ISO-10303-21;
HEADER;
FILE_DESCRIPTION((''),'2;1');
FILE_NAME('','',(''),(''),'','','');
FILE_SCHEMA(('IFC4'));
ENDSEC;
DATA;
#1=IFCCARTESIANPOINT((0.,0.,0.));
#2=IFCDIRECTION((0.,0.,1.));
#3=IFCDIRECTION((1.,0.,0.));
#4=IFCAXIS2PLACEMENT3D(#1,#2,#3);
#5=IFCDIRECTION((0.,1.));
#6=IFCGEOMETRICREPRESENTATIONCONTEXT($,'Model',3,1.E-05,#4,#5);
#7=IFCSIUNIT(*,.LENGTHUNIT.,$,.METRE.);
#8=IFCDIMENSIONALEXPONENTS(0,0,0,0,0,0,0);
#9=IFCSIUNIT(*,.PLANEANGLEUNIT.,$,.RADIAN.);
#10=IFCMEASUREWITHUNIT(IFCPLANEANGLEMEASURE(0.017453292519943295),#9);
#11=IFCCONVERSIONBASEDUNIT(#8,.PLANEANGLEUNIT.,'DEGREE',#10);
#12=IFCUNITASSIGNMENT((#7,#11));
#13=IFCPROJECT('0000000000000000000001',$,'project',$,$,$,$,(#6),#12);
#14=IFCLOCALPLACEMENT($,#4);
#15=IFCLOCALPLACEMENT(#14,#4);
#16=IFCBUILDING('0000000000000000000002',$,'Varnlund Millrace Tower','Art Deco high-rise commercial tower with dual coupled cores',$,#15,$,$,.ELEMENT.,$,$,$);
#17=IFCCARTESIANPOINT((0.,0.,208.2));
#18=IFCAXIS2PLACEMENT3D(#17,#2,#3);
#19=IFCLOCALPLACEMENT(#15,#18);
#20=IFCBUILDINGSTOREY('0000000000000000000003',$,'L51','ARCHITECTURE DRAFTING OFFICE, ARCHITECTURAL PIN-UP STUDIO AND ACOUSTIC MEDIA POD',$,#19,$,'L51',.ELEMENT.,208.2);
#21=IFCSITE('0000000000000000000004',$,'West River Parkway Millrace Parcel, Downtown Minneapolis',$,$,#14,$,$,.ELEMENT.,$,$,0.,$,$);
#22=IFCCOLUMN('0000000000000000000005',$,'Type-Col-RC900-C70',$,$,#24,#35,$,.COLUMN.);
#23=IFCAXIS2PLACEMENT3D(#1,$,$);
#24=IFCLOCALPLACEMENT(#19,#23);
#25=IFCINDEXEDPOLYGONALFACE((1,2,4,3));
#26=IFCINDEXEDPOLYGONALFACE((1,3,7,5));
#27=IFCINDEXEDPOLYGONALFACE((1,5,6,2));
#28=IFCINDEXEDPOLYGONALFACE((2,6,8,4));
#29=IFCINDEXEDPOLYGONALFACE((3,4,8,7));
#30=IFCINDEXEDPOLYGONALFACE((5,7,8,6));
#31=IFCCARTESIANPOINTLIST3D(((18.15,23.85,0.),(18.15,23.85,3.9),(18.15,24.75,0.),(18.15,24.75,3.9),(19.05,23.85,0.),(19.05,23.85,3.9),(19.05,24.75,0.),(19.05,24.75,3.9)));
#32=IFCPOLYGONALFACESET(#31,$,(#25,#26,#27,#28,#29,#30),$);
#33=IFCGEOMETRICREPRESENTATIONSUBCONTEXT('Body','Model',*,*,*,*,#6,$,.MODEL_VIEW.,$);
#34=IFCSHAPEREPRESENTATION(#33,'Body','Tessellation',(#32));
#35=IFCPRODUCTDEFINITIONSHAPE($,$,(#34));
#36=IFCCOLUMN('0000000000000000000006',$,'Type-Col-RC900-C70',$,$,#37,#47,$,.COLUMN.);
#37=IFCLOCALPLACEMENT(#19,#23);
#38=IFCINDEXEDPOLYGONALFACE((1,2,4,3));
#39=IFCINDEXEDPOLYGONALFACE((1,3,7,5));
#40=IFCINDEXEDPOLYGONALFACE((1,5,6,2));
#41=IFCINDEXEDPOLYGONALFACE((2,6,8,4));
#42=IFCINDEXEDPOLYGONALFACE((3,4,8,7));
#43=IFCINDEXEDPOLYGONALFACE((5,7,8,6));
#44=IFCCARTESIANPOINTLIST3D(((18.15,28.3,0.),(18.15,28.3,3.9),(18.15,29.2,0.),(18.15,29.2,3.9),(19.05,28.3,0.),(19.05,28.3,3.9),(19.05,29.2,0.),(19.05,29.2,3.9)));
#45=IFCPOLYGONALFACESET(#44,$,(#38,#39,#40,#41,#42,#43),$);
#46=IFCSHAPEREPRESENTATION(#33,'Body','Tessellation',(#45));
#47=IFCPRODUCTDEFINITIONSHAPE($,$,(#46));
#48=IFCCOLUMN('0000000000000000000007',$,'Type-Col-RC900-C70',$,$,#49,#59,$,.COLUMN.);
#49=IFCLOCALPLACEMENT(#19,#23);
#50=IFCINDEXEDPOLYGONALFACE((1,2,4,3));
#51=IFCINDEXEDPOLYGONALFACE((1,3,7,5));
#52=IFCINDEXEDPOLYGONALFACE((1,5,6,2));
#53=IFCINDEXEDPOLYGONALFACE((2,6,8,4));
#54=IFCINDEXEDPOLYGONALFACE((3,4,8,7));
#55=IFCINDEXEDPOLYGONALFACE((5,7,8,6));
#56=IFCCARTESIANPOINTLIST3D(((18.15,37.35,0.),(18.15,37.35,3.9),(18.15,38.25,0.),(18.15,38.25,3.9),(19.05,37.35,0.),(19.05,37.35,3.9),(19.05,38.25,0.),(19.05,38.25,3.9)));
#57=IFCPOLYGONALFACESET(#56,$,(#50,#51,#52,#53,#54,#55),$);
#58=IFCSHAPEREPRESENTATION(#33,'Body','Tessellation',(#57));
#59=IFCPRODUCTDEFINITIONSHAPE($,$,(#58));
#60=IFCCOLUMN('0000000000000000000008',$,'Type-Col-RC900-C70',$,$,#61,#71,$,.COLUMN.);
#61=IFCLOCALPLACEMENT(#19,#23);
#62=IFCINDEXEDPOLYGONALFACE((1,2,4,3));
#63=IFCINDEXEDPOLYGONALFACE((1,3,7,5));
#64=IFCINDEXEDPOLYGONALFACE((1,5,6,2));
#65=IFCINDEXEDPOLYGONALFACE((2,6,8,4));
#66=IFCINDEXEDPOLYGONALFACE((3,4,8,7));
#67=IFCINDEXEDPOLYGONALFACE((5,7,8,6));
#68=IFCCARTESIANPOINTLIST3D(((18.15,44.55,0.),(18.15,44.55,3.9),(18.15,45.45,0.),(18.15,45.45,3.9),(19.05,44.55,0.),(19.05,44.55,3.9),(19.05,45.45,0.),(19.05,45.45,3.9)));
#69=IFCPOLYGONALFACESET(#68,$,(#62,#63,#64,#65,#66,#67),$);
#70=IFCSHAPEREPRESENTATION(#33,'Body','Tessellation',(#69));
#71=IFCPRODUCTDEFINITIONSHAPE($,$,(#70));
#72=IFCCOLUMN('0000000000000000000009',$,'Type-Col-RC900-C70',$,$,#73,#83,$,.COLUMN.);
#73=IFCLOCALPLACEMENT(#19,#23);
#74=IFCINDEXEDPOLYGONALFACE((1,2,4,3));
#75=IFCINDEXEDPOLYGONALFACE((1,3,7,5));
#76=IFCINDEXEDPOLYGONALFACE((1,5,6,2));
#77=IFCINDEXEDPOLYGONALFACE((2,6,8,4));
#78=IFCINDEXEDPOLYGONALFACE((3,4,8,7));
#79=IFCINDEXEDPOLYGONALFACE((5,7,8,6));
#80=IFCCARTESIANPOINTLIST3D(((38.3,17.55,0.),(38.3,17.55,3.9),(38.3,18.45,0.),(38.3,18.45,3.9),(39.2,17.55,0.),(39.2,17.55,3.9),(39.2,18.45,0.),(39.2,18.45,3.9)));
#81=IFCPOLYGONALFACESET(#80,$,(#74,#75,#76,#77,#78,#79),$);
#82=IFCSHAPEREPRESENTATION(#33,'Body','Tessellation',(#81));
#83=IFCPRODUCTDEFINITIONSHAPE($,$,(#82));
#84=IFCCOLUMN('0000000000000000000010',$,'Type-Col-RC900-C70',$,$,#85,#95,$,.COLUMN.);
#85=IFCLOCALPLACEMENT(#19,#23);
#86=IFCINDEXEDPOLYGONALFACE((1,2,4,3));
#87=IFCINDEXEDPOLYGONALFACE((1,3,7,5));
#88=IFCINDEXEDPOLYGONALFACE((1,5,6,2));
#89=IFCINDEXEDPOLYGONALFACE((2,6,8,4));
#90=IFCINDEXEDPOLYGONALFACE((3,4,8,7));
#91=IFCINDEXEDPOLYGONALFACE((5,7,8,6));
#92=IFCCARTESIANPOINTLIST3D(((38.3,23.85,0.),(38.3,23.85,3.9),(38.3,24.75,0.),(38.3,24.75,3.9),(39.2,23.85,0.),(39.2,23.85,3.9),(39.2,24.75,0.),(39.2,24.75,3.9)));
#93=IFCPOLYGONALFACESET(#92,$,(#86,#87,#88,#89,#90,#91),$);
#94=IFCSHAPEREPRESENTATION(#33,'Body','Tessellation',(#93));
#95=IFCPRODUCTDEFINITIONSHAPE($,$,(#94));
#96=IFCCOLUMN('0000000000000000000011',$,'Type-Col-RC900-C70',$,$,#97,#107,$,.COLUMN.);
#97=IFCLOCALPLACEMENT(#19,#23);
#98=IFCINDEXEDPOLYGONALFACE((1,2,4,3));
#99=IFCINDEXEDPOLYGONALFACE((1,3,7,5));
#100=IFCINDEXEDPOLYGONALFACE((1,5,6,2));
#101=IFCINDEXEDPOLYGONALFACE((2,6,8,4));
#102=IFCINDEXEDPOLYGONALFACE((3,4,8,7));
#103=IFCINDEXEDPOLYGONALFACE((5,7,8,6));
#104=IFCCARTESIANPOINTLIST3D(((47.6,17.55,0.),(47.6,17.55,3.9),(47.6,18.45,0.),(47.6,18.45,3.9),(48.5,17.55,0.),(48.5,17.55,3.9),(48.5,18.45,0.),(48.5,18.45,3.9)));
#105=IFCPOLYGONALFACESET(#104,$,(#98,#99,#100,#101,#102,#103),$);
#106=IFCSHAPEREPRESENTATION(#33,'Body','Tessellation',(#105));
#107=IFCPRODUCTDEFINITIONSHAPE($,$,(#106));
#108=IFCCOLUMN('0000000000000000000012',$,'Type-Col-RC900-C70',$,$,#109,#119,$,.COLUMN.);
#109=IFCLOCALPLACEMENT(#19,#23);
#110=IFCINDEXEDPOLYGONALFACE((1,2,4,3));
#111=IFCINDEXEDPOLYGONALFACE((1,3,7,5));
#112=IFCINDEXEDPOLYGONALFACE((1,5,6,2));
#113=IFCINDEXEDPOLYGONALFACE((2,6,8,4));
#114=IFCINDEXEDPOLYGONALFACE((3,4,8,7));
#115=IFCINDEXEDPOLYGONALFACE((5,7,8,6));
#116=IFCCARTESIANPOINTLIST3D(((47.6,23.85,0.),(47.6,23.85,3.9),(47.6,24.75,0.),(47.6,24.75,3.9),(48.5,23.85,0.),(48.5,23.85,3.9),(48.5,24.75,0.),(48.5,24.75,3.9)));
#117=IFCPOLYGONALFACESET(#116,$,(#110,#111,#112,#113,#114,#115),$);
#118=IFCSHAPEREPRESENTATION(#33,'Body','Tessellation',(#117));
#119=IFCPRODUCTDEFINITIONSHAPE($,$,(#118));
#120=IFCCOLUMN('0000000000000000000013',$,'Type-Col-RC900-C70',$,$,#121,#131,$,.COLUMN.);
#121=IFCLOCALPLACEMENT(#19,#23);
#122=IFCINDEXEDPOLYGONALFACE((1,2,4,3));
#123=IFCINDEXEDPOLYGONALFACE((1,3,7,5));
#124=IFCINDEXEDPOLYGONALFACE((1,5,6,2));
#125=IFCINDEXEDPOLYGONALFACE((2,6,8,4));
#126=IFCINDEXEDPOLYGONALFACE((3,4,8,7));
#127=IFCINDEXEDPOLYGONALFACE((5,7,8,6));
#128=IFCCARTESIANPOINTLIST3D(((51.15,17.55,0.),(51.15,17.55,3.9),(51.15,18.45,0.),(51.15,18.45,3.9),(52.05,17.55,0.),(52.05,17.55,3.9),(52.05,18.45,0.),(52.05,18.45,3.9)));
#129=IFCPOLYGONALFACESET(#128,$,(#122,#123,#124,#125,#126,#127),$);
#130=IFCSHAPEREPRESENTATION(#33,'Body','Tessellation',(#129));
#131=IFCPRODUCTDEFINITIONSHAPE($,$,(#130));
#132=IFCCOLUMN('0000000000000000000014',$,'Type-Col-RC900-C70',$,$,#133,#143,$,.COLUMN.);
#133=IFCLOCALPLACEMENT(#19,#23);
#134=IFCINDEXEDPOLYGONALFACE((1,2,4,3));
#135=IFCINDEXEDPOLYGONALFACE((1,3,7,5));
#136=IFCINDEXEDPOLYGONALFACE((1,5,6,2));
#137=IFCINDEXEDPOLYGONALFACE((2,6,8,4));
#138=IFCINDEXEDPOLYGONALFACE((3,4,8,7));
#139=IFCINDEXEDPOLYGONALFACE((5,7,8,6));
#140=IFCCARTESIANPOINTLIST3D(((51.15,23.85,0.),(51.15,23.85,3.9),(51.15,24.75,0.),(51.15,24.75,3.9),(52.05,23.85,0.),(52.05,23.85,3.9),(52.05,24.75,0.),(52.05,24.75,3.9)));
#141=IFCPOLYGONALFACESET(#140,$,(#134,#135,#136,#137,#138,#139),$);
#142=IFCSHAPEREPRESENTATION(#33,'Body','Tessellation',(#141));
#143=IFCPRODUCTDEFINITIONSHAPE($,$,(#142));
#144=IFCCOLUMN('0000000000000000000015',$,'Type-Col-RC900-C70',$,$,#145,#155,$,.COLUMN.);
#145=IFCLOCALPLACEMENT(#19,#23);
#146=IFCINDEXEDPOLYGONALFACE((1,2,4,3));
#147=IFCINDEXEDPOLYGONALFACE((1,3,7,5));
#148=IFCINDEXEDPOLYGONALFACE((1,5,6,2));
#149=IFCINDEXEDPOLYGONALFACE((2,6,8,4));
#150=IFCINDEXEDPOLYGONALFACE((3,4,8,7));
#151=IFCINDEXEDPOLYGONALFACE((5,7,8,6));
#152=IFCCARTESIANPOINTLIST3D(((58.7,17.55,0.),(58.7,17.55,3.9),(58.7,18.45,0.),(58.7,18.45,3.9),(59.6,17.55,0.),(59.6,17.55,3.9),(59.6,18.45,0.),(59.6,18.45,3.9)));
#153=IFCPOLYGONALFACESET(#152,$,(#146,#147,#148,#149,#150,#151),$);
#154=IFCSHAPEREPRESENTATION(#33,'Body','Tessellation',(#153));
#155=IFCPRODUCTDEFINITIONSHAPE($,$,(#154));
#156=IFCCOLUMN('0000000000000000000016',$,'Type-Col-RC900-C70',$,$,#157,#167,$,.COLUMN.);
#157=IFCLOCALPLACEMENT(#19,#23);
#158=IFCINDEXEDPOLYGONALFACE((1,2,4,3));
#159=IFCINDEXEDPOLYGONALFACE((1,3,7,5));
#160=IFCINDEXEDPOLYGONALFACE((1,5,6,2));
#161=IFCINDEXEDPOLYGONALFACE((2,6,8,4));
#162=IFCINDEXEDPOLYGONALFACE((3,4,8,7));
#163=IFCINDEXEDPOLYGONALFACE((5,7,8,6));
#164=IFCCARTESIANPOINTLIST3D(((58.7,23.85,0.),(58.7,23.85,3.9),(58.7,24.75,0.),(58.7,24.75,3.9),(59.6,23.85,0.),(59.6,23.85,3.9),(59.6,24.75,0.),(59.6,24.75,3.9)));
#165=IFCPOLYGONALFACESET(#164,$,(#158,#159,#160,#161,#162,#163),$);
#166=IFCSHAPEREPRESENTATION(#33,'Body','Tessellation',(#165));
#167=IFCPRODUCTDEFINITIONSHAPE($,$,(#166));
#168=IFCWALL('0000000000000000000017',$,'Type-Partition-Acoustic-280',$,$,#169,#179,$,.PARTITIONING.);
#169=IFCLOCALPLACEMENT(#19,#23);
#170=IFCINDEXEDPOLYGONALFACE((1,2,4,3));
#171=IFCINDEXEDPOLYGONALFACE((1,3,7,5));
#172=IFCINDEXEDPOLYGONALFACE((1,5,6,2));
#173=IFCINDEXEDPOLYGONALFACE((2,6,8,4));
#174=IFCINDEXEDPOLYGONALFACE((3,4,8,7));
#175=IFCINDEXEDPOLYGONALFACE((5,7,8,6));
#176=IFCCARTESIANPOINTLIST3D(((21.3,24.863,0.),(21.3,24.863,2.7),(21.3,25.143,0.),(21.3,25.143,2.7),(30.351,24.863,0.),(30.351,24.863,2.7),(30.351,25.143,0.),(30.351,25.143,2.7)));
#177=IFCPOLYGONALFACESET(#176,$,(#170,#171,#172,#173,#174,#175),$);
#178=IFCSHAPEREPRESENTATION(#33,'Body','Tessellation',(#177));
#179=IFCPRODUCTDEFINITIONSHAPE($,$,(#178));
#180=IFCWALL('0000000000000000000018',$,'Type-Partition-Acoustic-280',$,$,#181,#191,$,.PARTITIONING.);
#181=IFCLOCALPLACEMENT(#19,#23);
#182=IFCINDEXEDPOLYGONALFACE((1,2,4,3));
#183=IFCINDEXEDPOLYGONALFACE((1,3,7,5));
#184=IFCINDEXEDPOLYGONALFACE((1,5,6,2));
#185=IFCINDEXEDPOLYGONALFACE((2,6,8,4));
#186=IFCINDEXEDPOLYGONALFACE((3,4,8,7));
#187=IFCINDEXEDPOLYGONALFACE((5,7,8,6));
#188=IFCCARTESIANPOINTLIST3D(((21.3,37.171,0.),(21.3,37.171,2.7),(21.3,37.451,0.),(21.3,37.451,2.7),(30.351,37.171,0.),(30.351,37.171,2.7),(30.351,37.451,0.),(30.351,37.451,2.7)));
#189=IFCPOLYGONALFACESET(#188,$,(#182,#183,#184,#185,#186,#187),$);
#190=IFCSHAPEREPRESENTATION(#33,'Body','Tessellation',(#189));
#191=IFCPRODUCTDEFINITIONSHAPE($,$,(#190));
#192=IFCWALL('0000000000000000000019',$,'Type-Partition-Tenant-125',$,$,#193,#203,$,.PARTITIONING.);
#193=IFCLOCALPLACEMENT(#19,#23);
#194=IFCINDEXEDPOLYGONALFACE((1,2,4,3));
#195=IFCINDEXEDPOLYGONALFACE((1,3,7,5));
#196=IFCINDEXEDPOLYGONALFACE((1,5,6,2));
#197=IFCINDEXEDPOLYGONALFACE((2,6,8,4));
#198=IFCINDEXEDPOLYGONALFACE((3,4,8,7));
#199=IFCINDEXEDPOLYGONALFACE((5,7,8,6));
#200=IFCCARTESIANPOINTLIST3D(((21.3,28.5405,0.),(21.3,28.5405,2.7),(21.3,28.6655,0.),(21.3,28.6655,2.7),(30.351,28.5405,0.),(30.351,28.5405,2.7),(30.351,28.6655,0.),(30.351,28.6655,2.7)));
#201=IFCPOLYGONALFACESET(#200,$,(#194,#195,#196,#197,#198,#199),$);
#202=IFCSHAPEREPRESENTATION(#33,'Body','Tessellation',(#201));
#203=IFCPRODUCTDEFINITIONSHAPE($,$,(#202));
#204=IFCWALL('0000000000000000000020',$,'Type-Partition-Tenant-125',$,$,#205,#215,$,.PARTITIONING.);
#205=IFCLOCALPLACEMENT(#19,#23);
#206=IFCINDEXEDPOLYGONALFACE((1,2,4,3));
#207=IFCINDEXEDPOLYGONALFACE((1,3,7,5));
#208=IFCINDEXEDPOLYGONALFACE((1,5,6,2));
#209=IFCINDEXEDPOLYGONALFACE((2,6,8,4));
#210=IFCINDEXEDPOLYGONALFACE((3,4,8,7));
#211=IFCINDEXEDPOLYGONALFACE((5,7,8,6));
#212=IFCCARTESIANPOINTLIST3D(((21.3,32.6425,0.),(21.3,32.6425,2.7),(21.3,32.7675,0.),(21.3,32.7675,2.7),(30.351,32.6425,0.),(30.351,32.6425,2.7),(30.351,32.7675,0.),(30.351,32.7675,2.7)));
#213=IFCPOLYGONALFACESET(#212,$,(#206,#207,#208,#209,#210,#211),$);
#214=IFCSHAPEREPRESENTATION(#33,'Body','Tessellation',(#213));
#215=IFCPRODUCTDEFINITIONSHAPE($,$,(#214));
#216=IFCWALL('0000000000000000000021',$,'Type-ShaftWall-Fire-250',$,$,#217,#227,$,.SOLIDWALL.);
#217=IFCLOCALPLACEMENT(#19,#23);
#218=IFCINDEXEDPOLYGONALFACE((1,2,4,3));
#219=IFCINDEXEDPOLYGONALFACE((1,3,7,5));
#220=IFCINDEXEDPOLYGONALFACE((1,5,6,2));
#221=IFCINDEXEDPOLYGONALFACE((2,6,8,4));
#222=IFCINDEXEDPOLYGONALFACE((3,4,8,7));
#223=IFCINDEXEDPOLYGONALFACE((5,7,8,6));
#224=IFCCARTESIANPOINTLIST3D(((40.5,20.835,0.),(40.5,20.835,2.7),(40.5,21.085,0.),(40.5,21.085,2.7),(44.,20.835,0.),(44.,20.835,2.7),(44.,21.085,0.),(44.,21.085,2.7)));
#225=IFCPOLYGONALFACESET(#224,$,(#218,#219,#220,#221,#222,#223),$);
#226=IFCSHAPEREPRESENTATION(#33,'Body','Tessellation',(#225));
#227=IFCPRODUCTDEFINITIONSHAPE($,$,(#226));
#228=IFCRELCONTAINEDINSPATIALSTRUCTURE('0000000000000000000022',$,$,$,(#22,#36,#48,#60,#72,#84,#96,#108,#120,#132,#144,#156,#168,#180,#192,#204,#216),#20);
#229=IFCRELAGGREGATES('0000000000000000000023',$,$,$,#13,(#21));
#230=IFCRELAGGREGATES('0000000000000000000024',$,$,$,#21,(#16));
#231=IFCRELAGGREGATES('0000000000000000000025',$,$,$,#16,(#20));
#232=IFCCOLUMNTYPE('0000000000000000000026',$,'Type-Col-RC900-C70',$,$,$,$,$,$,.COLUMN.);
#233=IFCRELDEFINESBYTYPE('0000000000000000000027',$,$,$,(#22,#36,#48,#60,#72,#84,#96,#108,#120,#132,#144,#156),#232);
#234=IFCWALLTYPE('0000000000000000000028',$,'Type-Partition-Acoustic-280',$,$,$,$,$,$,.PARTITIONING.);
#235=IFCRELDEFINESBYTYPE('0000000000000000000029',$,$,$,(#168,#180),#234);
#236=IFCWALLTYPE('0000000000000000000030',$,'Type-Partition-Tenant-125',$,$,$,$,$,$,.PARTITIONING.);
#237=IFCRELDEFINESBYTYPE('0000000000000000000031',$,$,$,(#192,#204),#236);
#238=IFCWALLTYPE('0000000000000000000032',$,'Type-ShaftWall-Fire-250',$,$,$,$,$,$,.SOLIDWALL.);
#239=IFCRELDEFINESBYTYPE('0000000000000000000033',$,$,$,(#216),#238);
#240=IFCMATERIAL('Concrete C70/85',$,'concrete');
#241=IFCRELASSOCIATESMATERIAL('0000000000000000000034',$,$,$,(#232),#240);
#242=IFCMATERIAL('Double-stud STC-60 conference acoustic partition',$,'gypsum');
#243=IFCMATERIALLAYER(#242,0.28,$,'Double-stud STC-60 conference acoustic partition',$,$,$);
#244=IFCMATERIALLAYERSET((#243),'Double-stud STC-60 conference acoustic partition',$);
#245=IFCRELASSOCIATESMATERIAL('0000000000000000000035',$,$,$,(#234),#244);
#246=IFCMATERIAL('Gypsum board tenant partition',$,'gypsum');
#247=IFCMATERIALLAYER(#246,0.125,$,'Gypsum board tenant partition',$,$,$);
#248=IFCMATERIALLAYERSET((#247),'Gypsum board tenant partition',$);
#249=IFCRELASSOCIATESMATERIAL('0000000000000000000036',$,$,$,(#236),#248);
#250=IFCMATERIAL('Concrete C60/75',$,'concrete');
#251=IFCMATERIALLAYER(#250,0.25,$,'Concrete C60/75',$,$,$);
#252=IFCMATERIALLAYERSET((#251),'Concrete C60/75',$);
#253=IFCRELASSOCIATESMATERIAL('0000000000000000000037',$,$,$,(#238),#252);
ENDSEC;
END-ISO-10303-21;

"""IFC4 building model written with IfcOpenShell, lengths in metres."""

from ifc_helpers import new_model, entity, si_unit, converted_unit, direction, frame, origin_with_axes, origin_2d_with_axis, place, context, subcontext, project, spatial, polyline, rectangle, outline, extrude, material, layer, layer_set, material_profile, profile_set, type_object, element, save


model = new_model("IFC4")

# Units and contexts
model_context = context("Model", 3, precision=1e-05, world=origin_with_axes(), true_north=direction((0.0, 1.0)))
body_context = subcontext(model_context, "Body", "Model", "MODEL_VIEW")
ifc_project = project(units=[si_unit("LENGTHUNIT", "METRE"), converted_unit("PLANEANGLEUNIT", "DEGREE", entity("IfcPlaneAngleMeasure", 0.017453292519943295), si_unit("PLANEANGLEUNIT", "RADIAN"), dimensions=[0, 0, 0, 0, 0, 0, 0])], contexts=[model_context])

# Site, building, storey
site_placement = place(None, origin_with_axes())
site = spatial("IfcSite", under=ifc_project, at=site_placement, Name="West River Parkway Millrace Parcel, Downtown Minneapolis", CompositionType="ELEMENT", RefElevation=0.0)
building_placement = place(site_placement, origin_with_axes())
building = spatial("IfcBuilding", under=site, at=building_placement, Name="Varnlund Millrace Tower", Description="Art Deco high-rise commercial tower with dual coupled cores", CompositionType="ELEMENT")
storey_placement = place(building_placement, frame((0.0, 0.0, 208.2), z_axis=(0.0, 0.0, 1.0), x_axis=(1.0, 0.0, 0.0)))
storey = spatial("IfcBuildingStorey", under=building, at=storey_placement, Name="L51", Description="ARCHITECTURE DRAFTING OFFICE, ARCHITECTURAL PIN-UP STUDIO AND ACOUSTIC MEDIA POD", LongName="L51", CompositionType="ELEMENT", Elevation=208.2)

# Columns
ifc_material_1 = material(Name="Concrete C70/85", Category="concrete")
ifc_material_profile = material_profile(ifc_material_1, rectangle(XDim=0.9, YDim=0.9, at=origin_2d_with_axis()), Name="Concrete C70/85")
ifc_profile_set = profile_set([ifc_material_profile], Name="Concrete C70/85")
column_type = type_object("IfcColumnType", Name="Type-Col-RC900-C70", PredefinedType="COLUMN", material=ifc_profile_set)
for number, where, z_axis, x_axis, name in (
    (1, (18.6, 24.3, 0.0), (0.0, 0.0, 1.0), (1.0, 0.0, 0.0), "Type-Col-RC900-C70"),
    (2, (18.6, 28.75, 0.0), (0.0, 0.0, 1.0), (1.0, 0.0, 0.0), "Type-Col-RC900-C70"),
    (3, (18.6, 37.8, 0.0), (0.0, 0.0, 1.0), (1.0, 0.0, 0.0), "Type-Col-RC900-C70"),
    (4, (18.6, 45.0, 0.0), (0.0, 0.0, 1.0), (1.0, 0.0, 0.0), "Type-Col-RC900-C70"),
    (5, (38.75, 18.0, 0.0), (0.0, 0.0, 1.0), (1.0, 0.0, 0.0), "Type-Col-RC900-C70"),
    (6, (38.75, 24.3, 0.0), (0.0, 0.0, 1.0), (1.0, 0.0, 0.0), "Type-Col-RC900-C70"),
    (7, (48.05, 18.0, 0.0), (0.0, 0.0, 1.0), (1.0, 0.0, 0.0), "Type-Col-RC900-C70"),
    (8, (48.05, 24.3, 0.0), (0.0, 0.0, 1.0), (1.0, 0.0, 0.0), "Type-Col-RC900-C70"),
    (9, (51.6, 18.0, 0.0), (0.0, 0.0, 1.0), (1.0, 0.0, 0.0), "Type-Col-RC900-C70"),
    (10, (51.6, 24.3, 0.0), (0.0, 0.0, 1.0), (1.0, 0.0, 0.0), "Type-Col-RC900-C70"),
    (11, (59.15, 18.0, 0.0), (0.0, 0.0, 1.0), (1.0, 0.0, 0.0), "Type-Col-RC900-C70"),
    (12, (59.15, 24.3, 0.0), (0.0, 0.0, 1.0), (1.0, 0.0, 0.0), "Type-Col-RC900-C70"),
):
    element("IfcColumn", number, at=place(storey_placement, frame(where, z_axis=z_axis, x_axis=x_axis)), inside=storey, type_object=column_type, Name=name, PredefinedType="COLUMN", context=body_context, shape_type="SweptSolid", body=[
        extrude(rectangle(XDim=0.9, YDim=0.9, at=origin_2d_with_axis()), origin_with_axes(), (0.0, 0.0, 1.0), 3.9),
    ])

# Walls
ifc_material_2 = material(Name="Double-stud STC-60 conference acoustic partition", Category="gypsum")
ifc_layer_1 = layer(ifc_material_2, 0.28, Name="Double-stud STC-60 conference acoustic partition")
ifc_layer_set_1 = layer_set([ifc_layer_1], Name="Double-stud STC-60 conference acoustic partition")
wall_type_1 = type_object("IfcWallType", Name="Type-Partition-Acoustic-280", PredefinedType="PARTITIONING", material=ifc_layer_set_1)
for number, where, z_axis, x_axis, name in (
    (13, (21.3, 25.003, 0.0), (0.0, 0.0, 1.0), (1.0, 0.0, 0.0), "Type-Partition-Acoustic-280"),
    (14, (21.3, 37.311, 0.0), (0.0, 0.0, 1.0), (1.0, 0.0, 0.0), "Type-Partition-Acoustic-280"),
):
    element("IfcWall", number, at=place(storey_placement, frame(where, z_axis=z_axis, x_axis=x_axis)), inside=storey, type_object=wall_type_1, Name=name, PredefinedType="PARTITIONING", context=body_context, shape_type="SweptSolid", body=[
        extrude(outline(polyline([(0.0, -0.14), (9.051, -0.14), (9.051, 0.14), (0.0, 0.14), (0.0, -0.14)])), origin_with_axes(), (0.0, 0.0, 1.0), 2.7),
    ])
ifc_material_3 = material(Name="Gypsum board tenant partition", Category="gypsum")
ifc_layer_2 = layer(ifc_material_3, 0.125, Name="Gypsum board tenant partition")
ifc_layer_set_2 = layer_set([ifc_layer_2], Name="Gypsum board tenant partition")
wall_type_2 = type_object("IfcWallType", Name="Type-Partition-Tenant-125", PredefinedType="PARTITIONING", material=ifc_layer_set_2)
for number, where, z_axis, x_axis, name in (
    (15, (21.3, 28.603, 0.0), (0.0, 0.0, 1.0), (1.0, 0.0, 0.0), "Type-Partition-Tenant-125"),
    (16, (21.3, 32.705, 0.0), (0.0, 0.0, 1.0), (1.0, 0.0, 0.0), "Type-Partition-Tenant-125"),
):
    element("IfcWall", number, at=place(storey_placement, frame(where, z_axis=z_axis, x_axis=x_axis)), inside=storey, type_object=wall_type_2, Name=name, PredefinedType="PARTITIONING", context=body_context, shape_type="SweptSolid", body=[
        extrude(outline(polyline([(0.0, -0.0625), (9.051, -0.0625), (9.051, 0.0625), (0.0, 0.0625), (0.0, -0.0625)])), origin_with_axes(), (0.0, 0.0, 1.0), 2.7),
    ])
ifc_material_4 = material(Name="Concrete C60/75", Category="concrete")
ifc_layer_3 = layer(ifc_material_4, 0.25, Name="Concrete C60/75")
ifc_layer_set_3 = layer_set([ifc_layer_3], Name="Concrete C60/75")
wall_type_3 = type_object("IfcWallType", Name="Type-ShaftWall-Fire-250", PredefinedType="SOLIDWALL", material=ifc_layer_set_3)
wall_placement = place(storey_placement, frame((40.5, 20.96, 0.0), z_axis=(0.0, 0.0, 1.0), x_axis=(1.0, 0.0, 0.0)))
element("IfcWall", 17, at=wall_placement, inside=storey, type_object=wall_type_3, Name="Type-ShaftWall-Fire-250", PredefinedType="SOLIDWALL", context=body_context, shape_type="SweptSolid", body=[
    extrude(outline(polyline([(0.0, -0.125), (3.5, -0.125), (3.5, 0.125), (0.0, 0.125), (0.0, -0.125)])), origin_with_axes(), (0.0, 0.0, 1.0), 2.7),
])

save(model, "model.ifc")
